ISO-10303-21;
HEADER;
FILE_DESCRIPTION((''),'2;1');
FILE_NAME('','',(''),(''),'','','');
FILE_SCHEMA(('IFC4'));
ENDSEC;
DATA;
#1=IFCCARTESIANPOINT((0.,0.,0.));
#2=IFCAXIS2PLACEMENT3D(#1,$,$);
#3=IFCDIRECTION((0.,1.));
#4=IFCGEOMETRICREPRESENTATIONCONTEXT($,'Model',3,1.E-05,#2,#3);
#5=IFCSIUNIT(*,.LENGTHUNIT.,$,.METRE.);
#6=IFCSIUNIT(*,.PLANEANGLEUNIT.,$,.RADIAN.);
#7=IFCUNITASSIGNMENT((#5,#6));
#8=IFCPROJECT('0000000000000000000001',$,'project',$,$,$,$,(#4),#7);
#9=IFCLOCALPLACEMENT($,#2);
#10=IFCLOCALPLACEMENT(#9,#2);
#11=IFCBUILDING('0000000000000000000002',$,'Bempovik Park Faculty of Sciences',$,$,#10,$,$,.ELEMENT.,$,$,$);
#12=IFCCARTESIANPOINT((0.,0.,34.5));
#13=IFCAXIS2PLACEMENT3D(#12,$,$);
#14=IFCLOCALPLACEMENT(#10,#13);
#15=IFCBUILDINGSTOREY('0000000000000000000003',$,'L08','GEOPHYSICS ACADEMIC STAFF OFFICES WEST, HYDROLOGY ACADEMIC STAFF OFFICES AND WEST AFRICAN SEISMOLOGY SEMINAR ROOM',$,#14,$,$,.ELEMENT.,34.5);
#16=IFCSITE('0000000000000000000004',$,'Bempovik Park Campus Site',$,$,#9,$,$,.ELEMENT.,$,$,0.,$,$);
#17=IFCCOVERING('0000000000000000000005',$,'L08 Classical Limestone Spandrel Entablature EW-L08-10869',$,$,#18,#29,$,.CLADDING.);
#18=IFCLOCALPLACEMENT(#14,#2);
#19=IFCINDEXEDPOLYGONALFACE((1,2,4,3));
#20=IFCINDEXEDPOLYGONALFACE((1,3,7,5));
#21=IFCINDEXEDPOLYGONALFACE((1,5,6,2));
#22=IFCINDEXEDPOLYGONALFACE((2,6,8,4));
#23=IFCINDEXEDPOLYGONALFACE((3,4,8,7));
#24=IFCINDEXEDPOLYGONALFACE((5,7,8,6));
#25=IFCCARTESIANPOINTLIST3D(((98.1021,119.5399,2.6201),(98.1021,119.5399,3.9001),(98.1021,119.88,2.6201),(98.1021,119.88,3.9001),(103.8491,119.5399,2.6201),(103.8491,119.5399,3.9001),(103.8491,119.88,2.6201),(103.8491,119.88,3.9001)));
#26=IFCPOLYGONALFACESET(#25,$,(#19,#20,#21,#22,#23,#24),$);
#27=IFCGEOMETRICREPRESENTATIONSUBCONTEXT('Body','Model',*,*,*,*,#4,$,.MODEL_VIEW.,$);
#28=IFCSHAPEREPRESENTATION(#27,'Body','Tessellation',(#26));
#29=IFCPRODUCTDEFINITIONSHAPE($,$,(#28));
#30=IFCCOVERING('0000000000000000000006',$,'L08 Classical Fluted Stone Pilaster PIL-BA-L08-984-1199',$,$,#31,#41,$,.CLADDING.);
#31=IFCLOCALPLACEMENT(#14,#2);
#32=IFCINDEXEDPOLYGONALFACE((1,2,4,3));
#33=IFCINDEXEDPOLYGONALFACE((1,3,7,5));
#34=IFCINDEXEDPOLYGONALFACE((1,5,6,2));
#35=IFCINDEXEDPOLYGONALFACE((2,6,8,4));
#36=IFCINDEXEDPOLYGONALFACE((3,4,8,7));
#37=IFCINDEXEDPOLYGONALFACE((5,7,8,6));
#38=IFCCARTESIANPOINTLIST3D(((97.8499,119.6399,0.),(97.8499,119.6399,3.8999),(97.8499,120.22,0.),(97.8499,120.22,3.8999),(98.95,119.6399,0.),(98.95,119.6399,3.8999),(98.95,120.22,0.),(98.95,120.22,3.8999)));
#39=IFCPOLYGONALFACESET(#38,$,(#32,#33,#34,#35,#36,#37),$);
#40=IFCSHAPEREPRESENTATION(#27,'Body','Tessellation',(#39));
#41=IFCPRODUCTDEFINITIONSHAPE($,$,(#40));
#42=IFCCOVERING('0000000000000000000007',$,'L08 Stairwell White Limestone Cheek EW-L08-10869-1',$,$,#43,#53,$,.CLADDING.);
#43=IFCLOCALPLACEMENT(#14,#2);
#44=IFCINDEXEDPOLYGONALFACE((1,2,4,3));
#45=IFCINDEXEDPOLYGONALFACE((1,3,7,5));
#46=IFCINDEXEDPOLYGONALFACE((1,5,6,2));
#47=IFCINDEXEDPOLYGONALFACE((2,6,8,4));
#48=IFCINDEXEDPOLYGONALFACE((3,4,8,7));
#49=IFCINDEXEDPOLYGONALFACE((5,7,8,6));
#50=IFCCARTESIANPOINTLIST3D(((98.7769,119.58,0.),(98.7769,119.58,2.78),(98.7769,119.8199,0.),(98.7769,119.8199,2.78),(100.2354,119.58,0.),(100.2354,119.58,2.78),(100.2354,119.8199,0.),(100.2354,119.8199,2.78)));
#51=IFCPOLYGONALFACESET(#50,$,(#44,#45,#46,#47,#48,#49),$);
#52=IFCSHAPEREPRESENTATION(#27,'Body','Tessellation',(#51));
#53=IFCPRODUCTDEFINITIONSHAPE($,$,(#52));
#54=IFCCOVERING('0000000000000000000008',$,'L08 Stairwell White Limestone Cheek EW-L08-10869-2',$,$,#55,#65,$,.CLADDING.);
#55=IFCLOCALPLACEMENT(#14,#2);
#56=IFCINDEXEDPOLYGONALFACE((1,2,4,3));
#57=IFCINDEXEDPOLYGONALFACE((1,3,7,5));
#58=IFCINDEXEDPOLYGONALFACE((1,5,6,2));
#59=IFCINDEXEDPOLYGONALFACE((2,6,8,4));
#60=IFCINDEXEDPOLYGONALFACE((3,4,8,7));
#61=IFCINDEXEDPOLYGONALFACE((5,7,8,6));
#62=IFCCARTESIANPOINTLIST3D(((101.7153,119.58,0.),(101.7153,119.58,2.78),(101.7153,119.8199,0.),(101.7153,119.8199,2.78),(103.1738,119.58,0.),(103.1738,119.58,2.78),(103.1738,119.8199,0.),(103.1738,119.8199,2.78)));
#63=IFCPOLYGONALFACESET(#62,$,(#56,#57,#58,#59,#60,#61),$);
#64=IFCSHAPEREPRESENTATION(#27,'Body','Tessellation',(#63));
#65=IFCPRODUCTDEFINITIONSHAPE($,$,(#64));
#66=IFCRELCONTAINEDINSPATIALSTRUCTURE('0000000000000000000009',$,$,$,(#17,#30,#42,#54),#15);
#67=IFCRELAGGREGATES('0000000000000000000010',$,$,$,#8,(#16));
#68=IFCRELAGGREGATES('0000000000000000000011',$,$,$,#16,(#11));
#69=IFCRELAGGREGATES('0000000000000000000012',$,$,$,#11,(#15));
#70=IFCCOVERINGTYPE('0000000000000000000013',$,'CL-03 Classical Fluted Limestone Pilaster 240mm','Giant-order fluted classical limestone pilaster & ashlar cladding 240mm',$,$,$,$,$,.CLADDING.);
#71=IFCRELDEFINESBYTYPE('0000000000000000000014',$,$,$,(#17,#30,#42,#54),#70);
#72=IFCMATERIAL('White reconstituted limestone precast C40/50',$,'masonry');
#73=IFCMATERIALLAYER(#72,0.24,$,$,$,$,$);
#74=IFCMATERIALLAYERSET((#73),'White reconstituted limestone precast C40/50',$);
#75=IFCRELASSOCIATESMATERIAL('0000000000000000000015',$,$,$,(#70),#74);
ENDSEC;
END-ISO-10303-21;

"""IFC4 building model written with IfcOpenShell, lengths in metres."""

from ifc_helpers import new_model, si_unit, direction, frame, origin, origin_2d, place, context, subcontext, project, spatial, rectangle, extrude, material, layer, layer_set, type_object, element, save


model = new_model("IFC4")

# Units and contexts
model_context = context("Model", 3, precision=1e-05, world=origin(), true_north=direction((0.0, 1.0)))
body_context = subcontext(model_context, "Body", "Model", "MODEL_VIEW")
ifc_project = project(units=[si_unit("LENGTHUNIT", "METRE"), si_unit("PLANEANGLEUNIT", "RADIAN")], contexts=[model_context])

# Site, building, storey
site_placement = place(None, origin())
site = spatial("IfcSite", under=ifc_project, at=site_placement, Name="Bempovik Park Campus Site", CompositionType="ELEMENT", RefElevation=0.0)
building_placement = place(site_placement, origin())
building = spatial("IfcBuilding", under=site, at=building_placement, Name="Bempovik Park Faculty of Sciences", CompositionType="ELEMENT")
storey_placement = place(building_placement, frame((0.0, 0.0, 34.5)))
storey = spatial("IfcBuildingStorey", under=building, at=storey_placement, Name="L08", Description="GEOPHYSICS ACADEMIC STAFF OFFICES WEST, HYDROLOGY ACADEMIC STAFF OFFICES AND WEST AFRICAN SEISMOLOGY SEMINAR ROOM", CompositionType="ELEMENT", Elevation=34.5)

# Coverings
ifc_material_1 = material(Name="White reconstituted limestone precast C40/50", Category="masonry")
ifc_layer_1 = layer(ifc_material_1, 0.24)
ifc_layer_set_1 = layer_set([ifc_layer_1], Name="White reconstituted limestone precast C40/50")
covering_type_1 = type_object("IfcCoveringType", Name="CL-03 Classical Fluted Limestone Pilaster 240mm", Description="Giant-order fluted classical limestone pilaster & ashlar cladding 240mm", PredefinedType="CLADDING", material=ifc_layer_set_1)
covering_1_placement = place(storey_placement, frame((100.9756, 119.71, 2.6201), z_axis=(0.0, 0.0, 1.0), x_axis=(1.0, 0.0, 0.0)))
element("IfcCovering", 1, at=covering_1_placement, inside=storey, type_object=covering_type_1, Name="L08 Classical Limestone Spandrel Entablature EW-L08-10869", PredefinedType="CLADDING", context=body_context, shape_type="SweptSolid", body=[
    extrude(rectangle(XDim=5.7471, YDim=0.3401, at=origin_2d()), origin(), (0.0, 0.0, 1.0), 1.28),
])
covering_2_placement = place(storey_placement, frame((98.3999, 119.9299, 0.0), z_axis=(0.0, 0.0, 1.0), x_axis=(1.0, 0.0, 0.0)))
element("IfcCovering", 2, at=covering_2_placement, inside=storey, type_object=covering_type_1, Name="L08 Classical Fluted Stone Pilaster PIL-BA-L08-984-1199", PredefinedType="CLADDING", context=body_context, shape_type="SweptSolid", body=[
    extrude(rectangle(XDim=1.1001, YDim=0.5801, at=origin_2d()), origin(), (0.0, 0.0, 1.0), 3.8999),
])
for number, where, z_axis, x_axis, name in (
    (3, (99.5061, 119.7, 0.0), (0.0, 0.0, 1.0), (1.0, 0.0, 0.0), "L08 Stairwell White Limestone Cheek EW-L08-10869-1"),
    (4, (102.4446, 119.7, 0.0), (0.0, 0.0, 1.0), (1.0, 0.0, 0.0), "L08 Stairwell White Limestone Cheek EW-L08-10869-2"),
):
    element("IfcCovering", number, at=place(storey_placement, frame(where, z_axis=z_axis, x_axis=x_axis)), inside=storey, type_object=covering_type_1, Name=name, PredefinedType="CLADDING", context=body_context, shape_type="SweptSolid", body=[
        extrude(rectangle(XDim=1.4585, YDim=0.24, at=origin_2d()), origin(), (0.0, 0.0, 1.0), 2.78),
    ])

save(model, "model.ifc")
